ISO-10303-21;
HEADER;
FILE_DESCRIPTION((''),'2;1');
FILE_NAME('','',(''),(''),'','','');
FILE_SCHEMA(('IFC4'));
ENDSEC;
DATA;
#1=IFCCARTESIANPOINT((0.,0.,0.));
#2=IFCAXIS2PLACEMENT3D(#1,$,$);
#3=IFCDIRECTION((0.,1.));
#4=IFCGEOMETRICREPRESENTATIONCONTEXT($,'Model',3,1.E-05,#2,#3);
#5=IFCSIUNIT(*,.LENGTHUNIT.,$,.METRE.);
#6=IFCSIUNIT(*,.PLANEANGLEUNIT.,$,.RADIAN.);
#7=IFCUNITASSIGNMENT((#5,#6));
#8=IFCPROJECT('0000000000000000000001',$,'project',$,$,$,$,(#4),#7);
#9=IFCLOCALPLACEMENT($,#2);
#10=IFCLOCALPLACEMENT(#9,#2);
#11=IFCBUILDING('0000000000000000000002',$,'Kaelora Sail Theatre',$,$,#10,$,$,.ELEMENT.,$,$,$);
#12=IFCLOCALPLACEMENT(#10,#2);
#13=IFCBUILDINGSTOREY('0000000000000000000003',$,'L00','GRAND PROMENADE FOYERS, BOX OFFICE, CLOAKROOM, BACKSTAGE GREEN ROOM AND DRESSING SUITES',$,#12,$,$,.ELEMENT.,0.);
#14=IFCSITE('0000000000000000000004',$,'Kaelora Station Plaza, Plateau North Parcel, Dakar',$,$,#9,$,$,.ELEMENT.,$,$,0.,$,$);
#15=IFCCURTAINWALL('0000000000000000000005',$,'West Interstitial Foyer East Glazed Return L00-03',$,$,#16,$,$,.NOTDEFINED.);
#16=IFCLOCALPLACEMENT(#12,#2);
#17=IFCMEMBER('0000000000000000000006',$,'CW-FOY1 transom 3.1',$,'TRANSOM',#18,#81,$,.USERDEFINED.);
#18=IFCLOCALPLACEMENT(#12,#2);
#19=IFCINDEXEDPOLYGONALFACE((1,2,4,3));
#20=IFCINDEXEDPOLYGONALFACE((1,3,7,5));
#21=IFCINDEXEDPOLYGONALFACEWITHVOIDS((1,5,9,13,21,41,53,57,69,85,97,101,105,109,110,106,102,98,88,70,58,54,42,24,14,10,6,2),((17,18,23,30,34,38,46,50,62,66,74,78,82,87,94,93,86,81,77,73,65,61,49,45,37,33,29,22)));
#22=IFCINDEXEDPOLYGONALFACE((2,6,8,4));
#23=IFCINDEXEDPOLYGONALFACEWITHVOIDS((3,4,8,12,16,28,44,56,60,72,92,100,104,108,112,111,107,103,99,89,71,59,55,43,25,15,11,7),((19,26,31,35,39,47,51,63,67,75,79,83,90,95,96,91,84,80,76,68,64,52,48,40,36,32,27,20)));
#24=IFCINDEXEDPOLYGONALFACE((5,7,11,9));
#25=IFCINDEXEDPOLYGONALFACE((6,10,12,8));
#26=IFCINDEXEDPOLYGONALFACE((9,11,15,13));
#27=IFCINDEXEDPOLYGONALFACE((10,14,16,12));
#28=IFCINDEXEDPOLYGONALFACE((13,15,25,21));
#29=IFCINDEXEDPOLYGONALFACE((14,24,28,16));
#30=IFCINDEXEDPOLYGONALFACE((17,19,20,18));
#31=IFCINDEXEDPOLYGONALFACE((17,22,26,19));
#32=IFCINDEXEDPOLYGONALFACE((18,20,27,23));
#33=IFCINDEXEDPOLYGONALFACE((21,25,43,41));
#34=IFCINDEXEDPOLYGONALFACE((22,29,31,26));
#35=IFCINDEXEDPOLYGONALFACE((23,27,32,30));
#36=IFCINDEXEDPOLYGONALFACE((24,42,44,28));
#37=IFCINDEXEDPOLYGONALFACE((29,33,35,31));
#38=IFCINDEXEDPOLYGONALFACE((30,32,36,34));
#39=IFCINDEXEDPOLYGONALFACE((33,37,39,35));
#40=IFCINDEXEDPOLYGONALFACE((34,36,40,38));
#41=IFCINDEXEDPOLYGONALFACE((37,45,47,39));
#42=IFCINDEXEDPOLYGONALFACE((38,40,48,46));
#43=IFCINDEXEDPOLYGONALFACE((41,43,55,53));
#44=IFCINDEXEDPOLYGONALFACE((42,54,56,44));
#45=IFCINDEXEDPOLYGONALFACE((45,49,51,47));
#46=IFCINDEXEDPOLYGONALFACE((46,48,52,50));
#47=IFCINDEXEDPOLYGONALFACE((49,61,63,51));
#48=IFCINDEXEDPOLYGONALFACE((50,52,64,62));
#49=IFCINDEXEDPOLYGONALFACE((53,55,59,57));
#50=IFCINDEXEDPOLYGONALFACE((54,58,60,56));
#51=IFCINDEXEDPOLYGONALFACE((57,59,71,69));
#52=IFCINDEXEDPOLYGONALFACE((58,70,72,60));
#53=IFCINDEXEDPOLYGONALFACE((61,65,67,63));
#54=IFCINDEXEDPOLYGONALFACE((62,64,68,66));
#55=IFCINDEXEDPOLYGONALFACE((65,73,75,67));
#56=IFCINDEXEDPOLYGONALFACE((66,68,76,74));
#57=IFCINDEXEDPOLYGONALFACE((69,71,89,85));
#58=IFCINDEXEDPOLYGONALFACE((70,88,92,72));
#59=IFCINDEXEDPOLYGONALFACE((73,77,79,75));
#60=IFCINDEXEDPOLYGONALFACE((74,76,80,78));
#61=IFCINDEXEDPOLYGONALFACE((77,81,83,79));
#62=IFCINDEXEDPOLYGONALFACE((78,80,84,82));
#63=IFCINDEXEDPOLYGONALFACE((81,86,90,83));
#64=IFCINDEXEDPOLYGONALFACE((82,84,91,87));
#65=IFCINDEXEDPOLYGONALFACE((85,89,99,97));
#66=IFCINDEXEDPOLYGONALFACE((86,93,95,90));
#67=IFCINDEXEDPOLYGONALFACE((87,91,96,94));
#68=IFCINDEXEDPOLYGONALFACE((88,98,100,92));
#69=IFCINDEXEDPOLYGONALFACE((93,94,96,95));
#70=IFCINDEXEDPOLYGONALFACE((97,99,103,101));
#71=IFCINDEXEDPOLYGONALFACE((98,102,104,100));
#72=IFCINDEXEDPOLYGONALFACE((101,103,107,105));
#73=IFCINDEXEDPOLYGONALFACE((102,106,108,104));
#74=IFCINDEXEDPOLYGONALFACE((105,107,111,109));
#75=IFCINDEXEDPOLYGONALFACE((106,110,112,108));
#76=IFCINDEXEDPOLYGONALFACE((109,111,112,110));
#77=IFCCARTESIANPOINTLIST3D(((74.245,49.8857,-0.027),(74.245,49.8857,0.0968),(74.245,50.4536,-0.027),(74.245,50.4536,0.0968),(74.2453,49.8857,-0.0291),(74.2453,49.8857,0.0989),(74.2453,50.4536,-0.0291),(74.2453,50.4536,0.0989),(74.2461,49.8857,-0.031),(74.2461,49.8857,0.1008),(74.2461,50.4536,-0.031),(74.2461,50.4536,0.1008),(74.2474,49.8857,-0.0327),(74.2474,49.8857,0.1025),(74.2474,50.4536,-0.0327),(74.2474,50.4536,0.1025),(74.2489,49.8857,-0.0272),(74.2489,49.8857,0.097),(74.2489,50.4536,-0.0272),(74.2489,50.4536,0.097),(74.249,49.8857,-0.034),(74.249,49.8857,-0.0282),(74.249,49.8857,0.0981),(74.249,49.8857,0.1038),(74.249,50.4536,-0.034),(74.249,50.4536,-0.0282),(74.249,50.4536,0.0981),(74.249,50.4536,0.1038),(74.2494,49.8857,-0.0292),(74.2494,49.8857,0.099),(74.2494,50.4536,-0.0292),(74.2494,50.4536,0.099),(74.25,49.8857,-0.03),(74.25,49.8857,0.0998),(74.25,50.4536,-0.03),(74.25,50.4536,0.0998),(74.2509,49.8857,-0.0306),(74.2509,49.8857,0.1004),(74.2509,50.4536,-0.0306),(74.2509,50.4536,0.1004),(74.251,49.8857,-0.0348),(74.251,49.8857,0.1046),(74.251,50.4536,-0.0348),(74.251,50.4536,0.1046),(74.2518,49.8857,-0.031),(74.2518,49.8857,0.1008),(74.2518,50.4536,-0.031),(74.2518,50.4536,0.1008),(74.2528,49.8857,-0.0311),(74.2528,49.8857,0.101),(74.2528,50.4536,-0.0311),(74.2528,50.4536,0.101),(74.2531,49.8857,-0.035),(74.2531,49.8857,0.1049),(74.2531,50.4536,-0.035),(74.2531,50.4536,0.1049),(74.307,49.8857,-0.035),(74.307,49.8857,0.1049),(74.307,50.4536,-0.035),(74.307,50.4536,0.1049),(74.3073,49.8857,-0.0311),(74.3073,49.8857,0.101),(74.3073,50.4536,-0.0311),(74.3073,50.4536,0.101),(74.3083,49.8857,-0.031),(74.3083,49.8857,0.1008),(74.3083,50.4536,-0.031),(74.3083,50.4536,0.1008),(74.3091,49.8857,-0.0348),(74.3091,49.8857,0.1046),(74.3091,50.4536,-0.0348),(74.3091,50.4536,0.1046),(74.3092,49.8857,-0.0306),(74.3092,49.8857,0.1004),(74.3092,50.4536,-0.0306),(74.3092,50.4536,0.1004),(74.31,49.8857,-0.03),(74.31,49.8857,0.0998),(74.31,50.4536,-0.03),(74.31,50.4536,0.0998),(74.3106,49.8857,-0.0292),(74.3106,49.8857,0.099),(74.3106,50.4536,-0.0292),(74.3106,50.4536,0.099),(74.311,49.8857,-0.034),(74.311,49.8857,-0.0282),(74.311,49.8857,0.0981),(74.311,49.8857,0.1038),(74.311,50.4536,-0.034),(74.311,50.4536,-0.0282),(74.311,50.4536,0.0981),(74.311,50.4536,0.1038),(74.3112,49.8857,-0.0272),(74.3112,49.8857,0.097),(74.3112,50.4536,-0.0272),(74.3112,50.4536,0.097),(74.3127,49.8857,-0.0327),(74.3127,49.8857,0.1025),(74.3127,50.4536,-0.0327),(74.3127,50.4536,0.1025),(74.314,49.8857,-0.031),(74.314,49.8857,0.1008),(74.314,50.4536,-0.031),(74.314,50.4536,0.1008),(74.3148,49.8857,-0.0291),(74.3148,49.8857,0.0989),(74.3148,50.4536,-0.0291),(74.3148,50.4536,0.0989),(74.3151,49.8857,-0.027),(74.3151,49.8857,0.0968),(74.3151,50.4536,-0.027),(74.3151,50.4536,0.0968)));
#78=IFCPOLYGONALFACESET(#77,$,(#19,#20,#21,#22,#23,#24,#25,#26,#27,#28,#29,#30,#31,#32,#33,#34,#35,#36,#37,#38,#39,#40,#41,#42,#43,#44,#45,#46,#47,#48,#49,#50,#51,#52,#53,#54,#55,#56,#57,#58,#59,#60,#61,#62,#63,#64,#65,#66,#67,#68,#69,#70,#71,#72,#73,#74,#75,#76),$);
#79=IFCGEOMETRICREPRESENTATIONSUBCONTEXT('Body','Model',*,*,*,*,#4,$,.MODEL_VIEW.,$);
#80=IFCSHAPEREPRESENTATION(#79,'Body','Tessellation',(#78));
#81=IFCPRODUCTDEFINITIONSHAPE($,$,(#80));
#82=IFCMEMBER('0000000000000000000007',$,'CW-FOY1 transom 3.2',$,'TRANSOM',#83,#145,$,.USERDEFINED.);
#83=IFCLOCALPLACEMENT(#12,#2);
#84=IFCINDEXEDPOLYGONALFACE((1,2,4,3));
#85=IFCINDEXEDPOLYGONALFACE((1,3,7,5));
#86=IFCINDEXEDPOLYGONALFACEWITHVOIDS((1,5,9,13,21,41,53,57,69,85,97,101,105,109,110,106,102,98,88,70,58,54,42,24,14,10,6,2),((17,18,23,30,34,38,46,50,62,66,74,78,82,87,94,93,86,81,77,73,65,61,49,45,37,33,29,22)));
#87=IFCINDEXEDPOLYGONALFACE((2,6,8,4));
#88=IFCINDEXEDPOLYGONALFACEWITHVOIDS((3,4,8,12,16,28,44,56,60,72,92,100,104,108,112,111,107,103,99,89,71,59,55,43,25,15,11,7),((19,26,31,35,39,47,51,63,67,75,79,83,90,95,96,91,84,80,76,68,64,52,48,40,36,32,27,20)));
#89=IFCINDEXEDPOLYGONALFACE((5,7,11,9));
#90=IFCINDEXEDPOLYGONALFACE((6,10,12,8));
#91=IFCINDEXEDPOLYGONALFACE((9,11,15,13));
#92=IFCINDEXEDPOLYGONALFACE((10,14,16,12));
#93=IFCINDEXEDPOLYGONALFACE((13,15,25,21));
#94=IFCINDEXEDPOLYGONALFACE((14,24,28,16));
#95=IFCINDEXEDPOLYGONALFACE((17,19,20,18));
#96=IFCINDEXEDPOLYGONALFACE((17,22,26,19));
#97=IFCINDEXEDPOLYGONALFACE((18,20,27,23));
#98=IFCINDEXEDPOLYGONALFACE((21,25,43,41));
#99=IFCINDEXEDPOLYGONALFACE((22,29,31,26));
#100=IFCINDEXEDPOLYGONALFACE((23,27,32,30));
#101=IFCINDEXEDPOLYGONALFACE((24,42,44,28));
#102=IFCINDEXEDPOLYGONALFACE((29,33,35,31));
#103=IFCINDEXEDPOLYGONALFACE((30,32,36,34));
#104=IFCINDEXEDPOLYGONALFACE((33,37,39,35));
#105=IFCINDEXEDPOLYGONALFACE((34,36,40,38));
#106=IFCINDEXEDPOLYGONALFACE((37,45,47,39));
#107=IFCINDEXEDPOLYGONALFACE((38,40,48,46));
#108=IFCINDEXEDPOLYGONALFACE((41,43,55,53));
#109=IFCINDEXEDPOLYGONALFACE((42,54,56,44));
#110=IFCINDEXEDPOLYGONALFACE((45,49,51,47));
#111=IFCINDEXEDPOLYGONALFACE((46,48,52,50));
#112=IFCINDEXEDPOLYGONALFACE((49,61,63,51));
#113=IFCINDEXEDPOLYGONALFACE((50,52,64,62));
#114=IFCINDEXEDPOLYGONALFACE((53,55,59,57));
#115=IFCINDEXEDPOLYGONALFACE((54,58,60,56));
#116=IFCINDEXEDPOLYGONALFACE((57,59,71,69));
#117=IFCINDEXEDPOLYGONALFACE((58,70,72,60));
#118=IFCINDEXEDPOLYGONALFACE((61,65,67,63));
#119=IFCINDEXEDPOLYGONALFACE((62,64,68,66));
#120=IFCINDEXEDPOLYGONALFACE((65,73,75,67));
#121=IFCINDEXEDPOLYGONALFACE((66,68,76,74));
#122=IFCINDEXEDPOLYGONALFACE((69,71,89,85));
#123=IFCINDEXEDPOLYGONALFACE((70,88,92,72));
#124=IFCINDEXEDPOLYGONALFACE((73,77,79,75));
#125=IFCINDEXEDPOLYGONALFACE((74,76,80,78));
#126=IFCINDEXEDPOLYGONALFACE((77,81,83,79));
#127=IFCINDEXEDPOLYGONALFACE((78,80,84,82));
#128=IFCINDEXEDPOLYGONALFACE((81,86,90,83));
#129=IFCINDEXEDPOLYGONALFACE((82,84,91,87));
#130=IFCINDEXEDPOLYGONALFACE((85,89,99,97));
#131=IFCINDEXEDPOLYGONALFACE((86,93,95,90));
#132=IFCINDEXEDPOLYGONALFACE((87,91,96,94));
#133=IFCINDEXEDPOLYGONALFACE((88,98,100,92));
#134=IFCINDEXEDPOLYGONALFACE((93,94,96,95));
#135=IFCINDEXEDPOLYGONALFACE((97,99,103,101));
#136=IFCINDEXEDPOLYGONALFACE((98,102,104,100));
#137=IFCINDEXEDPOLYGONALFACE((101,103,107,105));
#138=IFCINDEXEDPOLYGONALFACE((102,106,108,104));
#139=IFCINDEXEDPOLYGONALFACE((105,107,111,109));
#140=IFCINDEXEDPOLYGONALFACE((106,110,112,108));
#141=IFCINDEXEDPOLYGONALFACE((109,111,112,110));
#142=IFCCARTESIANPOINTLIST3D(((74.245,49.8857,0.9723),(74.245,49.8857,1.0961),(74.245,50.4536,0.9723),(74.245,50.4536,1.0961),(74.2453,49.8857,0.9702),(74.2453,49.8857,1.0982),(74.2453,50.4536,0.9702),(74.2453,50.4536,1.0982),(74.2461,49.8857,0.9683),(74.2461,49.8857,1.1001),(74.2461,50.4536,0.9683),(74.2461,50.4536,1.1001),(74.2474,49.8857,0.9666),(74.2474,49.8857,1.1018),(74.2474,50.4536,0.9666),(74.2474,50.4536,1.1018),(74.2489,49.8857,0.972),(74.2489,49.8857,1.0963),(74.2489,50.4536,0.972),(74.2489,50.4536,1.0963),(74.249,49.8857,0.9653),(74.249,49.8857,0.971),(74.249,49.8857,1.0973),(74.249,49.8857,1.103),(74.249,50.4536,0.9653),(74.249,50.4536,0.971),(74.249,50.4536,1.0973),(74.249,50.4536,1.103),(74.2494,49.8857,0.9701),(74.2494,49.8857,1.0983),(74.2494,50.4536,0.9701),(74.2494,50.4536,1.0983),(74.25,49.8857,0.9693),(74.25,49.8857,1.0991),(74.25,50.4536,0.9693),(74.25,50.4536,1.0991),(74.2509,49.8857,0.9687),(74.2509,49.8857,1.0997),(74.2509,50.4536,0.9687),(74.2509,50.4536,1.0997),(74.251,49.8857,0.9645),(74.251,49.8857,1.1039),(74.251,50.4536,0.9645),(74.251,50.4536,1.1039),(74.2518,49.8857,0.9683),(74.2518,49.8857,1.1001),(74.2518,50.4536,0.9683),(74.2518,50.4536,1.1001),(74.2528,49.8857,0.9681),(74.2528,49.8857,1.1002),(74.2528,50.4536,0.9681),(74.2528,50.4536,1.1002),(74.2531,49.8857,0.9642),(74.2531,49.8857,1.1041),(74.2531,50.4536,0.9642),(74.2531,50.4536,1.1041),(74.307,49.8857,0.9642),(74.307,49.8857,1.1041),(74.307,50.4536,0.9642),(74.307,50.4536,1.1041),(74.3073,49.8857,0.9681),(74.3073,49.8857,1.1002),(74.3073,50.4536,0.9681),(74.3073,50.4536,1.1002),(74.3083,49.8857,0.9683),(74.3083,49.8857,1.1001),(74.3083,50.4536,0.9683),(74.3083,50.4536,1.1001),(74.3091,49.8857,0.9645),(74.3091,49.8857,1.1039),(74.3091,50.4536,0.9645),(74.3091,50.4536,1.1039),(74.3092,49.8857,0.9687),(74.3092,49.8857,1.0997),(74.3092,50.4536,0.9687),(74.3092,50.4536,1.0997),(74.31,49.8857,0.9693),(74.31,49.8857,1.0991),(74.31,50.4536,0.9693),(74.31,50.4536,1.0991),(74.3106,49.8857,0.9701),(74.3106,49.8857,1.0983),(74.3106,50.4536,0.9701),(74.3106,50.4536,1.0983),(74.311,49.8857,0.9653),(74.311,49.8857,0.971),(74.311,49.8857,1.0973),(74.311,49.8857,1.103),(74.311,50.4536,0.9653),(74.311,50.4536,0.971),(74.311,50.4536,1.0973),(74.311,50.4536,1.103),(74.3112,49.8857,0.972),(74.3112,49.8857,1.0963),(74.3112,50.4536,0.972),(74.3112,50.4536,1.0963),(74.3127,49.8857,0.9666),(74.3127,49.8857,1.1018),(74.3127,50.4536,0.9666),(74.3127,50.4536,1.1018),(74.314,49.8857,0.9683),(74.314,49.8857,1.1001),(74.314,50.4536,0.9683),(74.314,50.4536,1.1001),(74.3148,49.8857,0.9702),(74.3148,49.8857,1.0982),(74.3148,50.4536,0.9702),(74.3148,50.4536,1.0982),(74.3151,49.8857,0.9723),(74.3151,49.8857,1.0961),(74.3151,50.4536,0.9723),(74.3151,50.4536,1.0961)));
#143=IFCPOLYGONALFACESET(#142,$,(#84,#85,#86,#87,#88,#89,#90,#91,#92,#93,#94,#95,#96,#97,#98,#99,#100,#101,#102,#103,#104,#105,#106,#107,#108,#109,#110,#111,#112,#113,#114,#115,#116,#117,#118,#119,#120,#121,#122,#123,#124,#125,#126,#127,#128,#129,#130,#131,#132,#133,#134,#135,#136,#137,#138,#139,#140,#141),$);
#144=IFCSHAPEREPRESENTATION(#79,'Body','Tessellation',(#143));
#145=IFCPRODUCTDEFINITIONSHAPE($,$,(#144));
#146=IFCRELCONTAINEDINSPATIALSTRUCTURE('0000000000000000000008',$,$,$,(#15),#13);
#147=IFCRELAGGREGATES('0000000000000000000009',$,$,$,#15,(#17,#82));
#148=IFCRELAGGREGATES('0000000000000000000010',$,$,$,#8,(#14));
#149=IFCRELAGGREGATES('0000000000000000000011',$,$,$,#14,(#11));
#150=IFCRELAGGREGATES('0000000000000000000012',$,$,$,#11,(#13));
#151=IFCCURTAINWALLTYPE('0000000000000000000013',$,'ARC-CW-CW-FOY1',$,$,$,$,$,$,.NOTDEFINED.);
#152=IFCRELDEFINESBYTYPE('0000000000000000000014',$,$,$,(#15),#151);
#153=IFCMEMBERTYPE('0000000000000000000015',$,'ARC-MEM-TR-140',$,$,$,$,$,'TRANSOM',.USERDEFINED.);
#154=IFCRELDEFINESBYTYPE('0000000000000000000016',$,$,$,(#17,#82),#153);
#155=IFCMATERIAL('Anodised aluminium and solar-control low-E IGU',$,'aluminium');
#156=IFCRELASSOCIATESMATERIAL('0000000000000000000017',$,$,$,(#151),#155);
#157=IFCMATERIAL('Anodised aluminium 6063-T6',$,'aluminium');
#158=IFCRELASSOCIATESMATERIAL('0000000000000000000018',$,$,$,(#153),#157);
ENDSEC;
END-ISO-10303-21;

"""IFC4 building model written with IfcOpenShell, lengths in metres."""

from ifc_helpers import new_model, si_unit, direction, frame, origin, origin_2d, place, context, subcontext, project, spatial, hollow_rectangle, extrude, material, material_profile, profile_set, type_object, element, aggregate, save


model = new_model("IFC4")

# Units and contexts
model_context = context("Model", 3, precision=1e-05, world=origin(), true_north=direction((0.0, 1.0)))
body_context = subcontext(model_context, "Body", "Model", "MODEL_VIEW")
ifc_project = project(units=[si_unit("LENGTHUNIT", "METRE"), si_unit("PLANEANGLEUNIT", "RADIAN")], contexts=[model_context])

# Site, building, storey
site_placement = place(None, origin())
site = spatial("IfcSite", under=ifc_project, at=site_placement, Name="Kaelora Station Plaza, Plateau North Parcel, Dakar", CompositionType="ELEMENT", RefElevation=0.0)
building_placement = place(site_placement, origin())
building = spatial("IfcBuilding", under=site, at=building_placement, Name="Kaelora Sail Theatre", CompositionType="ELEMENT")
storey_placement = place(building_placement, origin())
storey = spatial("IfcBuildingStorey", under=building, at=storey_placement, Name="L00", Description="GRAND PROMENADE FOYERS, BOX OFFICE, CLOAKROOM, BACKSTAGE GREEN ROOM AND DRESSING SUITES", CompositionType="ELEMENT", Elevation=0.0)

# Curtain wall
ifc_material_1 = material(Name="Anodised aluminium and solar-control low-E IGU", Category="aluminium")
curtain_wall_type = type_object("IfcCurtainWallType", Name="ARC-CW-CW-FOY1", PredefinedType="NOTDEFINED", material=ifc_material_1)
curtain_wall_placement = place(storey_placement, origin())
curtain_wall = element("IfcCurtainWall", 1, at=curtain_wall_placement, inside=storey, type_object=curtain_wall_type, Name="West Interstitial Foyer East Glazed Return L00-03", PredefinedType="NOTDEFINED")

# Members
ifc_material_2 = material(Name="Anodised aluminium 6063-T6", Category="aluminium")
ifc_material_profile_1 = material_profile(ifc_material_2, hollow_rectangle(XDim=0.0701, YDim=0.1399, WallThickness=0.0039, InnerFilletRadius=0.0039, OuterFilletRadius=0.0081, at=origin_2d()), Name="ALU-TRAN 70x140x4")
ifc_profile_set_1 = profile_set([ifc_material_profile_1], Name="Anodised aluminium 6063-T6")
member_type_1 = type_object("IfcMemberType", Name="ARC-MEM-TR-140", ElementType="TRANSOM", PredefinedType="USERDEFINED", material=ifc_profile_set_1)
member_1_placement = place(storey_placement, frame((74.28, 49.8857, 0.0349), z_axis=(0.0, 1.0, 0.0), x_axis=(-1.0, 0.0, 0.0)))
member_1 = element("IfcMember", 2, at=member_1_placement, type_object=member_type_1, Name="CW-FOY1 transom 3.1", ObjectType="TRANSOM", PredefinedType="USERDEFINED", context=body_context, shape_type="SweptSolid", body=[
    extrude(hollow_rectangle(XDim=0.0701, YDim=0.1399, WallThickness=0.0039, InnerFilletRadius=0.0039, OuterFilletRadius=0.0081, at=origin_2d()), origin(), (0.0, 0.0, 1.0), 0.5679),
])
member_2_placement = place(storey_placement, frame((74.28, 49.8857, 1.0342), z_axis=(0.0, 1.0, 0.0), x_axis=(-1.0, 0.0, 0.0)))
member_2 = element("IfcMember", 3, at=member_2_placement, type_object=member_type_1, Name="CW-FOY1 transom 3.2", ObjectType="TRANSOM", PredefinedType="USERDEFINED", context=body_context, shape_type="SweptSolid", body=[
    extrude(hollow_rectangle(XDim=0.0701, YDim=0.1399, WallThickness=0.0039, InnerFilletRadius=0.0039, OuterFilletRadius=0.0081, at=origin_2d()), origin(), (0.0, 0.0, 1.0), 0.5679),
])

aggregate(curtain_wall, [member_1, member_2])

save(model, "model.ifc")
